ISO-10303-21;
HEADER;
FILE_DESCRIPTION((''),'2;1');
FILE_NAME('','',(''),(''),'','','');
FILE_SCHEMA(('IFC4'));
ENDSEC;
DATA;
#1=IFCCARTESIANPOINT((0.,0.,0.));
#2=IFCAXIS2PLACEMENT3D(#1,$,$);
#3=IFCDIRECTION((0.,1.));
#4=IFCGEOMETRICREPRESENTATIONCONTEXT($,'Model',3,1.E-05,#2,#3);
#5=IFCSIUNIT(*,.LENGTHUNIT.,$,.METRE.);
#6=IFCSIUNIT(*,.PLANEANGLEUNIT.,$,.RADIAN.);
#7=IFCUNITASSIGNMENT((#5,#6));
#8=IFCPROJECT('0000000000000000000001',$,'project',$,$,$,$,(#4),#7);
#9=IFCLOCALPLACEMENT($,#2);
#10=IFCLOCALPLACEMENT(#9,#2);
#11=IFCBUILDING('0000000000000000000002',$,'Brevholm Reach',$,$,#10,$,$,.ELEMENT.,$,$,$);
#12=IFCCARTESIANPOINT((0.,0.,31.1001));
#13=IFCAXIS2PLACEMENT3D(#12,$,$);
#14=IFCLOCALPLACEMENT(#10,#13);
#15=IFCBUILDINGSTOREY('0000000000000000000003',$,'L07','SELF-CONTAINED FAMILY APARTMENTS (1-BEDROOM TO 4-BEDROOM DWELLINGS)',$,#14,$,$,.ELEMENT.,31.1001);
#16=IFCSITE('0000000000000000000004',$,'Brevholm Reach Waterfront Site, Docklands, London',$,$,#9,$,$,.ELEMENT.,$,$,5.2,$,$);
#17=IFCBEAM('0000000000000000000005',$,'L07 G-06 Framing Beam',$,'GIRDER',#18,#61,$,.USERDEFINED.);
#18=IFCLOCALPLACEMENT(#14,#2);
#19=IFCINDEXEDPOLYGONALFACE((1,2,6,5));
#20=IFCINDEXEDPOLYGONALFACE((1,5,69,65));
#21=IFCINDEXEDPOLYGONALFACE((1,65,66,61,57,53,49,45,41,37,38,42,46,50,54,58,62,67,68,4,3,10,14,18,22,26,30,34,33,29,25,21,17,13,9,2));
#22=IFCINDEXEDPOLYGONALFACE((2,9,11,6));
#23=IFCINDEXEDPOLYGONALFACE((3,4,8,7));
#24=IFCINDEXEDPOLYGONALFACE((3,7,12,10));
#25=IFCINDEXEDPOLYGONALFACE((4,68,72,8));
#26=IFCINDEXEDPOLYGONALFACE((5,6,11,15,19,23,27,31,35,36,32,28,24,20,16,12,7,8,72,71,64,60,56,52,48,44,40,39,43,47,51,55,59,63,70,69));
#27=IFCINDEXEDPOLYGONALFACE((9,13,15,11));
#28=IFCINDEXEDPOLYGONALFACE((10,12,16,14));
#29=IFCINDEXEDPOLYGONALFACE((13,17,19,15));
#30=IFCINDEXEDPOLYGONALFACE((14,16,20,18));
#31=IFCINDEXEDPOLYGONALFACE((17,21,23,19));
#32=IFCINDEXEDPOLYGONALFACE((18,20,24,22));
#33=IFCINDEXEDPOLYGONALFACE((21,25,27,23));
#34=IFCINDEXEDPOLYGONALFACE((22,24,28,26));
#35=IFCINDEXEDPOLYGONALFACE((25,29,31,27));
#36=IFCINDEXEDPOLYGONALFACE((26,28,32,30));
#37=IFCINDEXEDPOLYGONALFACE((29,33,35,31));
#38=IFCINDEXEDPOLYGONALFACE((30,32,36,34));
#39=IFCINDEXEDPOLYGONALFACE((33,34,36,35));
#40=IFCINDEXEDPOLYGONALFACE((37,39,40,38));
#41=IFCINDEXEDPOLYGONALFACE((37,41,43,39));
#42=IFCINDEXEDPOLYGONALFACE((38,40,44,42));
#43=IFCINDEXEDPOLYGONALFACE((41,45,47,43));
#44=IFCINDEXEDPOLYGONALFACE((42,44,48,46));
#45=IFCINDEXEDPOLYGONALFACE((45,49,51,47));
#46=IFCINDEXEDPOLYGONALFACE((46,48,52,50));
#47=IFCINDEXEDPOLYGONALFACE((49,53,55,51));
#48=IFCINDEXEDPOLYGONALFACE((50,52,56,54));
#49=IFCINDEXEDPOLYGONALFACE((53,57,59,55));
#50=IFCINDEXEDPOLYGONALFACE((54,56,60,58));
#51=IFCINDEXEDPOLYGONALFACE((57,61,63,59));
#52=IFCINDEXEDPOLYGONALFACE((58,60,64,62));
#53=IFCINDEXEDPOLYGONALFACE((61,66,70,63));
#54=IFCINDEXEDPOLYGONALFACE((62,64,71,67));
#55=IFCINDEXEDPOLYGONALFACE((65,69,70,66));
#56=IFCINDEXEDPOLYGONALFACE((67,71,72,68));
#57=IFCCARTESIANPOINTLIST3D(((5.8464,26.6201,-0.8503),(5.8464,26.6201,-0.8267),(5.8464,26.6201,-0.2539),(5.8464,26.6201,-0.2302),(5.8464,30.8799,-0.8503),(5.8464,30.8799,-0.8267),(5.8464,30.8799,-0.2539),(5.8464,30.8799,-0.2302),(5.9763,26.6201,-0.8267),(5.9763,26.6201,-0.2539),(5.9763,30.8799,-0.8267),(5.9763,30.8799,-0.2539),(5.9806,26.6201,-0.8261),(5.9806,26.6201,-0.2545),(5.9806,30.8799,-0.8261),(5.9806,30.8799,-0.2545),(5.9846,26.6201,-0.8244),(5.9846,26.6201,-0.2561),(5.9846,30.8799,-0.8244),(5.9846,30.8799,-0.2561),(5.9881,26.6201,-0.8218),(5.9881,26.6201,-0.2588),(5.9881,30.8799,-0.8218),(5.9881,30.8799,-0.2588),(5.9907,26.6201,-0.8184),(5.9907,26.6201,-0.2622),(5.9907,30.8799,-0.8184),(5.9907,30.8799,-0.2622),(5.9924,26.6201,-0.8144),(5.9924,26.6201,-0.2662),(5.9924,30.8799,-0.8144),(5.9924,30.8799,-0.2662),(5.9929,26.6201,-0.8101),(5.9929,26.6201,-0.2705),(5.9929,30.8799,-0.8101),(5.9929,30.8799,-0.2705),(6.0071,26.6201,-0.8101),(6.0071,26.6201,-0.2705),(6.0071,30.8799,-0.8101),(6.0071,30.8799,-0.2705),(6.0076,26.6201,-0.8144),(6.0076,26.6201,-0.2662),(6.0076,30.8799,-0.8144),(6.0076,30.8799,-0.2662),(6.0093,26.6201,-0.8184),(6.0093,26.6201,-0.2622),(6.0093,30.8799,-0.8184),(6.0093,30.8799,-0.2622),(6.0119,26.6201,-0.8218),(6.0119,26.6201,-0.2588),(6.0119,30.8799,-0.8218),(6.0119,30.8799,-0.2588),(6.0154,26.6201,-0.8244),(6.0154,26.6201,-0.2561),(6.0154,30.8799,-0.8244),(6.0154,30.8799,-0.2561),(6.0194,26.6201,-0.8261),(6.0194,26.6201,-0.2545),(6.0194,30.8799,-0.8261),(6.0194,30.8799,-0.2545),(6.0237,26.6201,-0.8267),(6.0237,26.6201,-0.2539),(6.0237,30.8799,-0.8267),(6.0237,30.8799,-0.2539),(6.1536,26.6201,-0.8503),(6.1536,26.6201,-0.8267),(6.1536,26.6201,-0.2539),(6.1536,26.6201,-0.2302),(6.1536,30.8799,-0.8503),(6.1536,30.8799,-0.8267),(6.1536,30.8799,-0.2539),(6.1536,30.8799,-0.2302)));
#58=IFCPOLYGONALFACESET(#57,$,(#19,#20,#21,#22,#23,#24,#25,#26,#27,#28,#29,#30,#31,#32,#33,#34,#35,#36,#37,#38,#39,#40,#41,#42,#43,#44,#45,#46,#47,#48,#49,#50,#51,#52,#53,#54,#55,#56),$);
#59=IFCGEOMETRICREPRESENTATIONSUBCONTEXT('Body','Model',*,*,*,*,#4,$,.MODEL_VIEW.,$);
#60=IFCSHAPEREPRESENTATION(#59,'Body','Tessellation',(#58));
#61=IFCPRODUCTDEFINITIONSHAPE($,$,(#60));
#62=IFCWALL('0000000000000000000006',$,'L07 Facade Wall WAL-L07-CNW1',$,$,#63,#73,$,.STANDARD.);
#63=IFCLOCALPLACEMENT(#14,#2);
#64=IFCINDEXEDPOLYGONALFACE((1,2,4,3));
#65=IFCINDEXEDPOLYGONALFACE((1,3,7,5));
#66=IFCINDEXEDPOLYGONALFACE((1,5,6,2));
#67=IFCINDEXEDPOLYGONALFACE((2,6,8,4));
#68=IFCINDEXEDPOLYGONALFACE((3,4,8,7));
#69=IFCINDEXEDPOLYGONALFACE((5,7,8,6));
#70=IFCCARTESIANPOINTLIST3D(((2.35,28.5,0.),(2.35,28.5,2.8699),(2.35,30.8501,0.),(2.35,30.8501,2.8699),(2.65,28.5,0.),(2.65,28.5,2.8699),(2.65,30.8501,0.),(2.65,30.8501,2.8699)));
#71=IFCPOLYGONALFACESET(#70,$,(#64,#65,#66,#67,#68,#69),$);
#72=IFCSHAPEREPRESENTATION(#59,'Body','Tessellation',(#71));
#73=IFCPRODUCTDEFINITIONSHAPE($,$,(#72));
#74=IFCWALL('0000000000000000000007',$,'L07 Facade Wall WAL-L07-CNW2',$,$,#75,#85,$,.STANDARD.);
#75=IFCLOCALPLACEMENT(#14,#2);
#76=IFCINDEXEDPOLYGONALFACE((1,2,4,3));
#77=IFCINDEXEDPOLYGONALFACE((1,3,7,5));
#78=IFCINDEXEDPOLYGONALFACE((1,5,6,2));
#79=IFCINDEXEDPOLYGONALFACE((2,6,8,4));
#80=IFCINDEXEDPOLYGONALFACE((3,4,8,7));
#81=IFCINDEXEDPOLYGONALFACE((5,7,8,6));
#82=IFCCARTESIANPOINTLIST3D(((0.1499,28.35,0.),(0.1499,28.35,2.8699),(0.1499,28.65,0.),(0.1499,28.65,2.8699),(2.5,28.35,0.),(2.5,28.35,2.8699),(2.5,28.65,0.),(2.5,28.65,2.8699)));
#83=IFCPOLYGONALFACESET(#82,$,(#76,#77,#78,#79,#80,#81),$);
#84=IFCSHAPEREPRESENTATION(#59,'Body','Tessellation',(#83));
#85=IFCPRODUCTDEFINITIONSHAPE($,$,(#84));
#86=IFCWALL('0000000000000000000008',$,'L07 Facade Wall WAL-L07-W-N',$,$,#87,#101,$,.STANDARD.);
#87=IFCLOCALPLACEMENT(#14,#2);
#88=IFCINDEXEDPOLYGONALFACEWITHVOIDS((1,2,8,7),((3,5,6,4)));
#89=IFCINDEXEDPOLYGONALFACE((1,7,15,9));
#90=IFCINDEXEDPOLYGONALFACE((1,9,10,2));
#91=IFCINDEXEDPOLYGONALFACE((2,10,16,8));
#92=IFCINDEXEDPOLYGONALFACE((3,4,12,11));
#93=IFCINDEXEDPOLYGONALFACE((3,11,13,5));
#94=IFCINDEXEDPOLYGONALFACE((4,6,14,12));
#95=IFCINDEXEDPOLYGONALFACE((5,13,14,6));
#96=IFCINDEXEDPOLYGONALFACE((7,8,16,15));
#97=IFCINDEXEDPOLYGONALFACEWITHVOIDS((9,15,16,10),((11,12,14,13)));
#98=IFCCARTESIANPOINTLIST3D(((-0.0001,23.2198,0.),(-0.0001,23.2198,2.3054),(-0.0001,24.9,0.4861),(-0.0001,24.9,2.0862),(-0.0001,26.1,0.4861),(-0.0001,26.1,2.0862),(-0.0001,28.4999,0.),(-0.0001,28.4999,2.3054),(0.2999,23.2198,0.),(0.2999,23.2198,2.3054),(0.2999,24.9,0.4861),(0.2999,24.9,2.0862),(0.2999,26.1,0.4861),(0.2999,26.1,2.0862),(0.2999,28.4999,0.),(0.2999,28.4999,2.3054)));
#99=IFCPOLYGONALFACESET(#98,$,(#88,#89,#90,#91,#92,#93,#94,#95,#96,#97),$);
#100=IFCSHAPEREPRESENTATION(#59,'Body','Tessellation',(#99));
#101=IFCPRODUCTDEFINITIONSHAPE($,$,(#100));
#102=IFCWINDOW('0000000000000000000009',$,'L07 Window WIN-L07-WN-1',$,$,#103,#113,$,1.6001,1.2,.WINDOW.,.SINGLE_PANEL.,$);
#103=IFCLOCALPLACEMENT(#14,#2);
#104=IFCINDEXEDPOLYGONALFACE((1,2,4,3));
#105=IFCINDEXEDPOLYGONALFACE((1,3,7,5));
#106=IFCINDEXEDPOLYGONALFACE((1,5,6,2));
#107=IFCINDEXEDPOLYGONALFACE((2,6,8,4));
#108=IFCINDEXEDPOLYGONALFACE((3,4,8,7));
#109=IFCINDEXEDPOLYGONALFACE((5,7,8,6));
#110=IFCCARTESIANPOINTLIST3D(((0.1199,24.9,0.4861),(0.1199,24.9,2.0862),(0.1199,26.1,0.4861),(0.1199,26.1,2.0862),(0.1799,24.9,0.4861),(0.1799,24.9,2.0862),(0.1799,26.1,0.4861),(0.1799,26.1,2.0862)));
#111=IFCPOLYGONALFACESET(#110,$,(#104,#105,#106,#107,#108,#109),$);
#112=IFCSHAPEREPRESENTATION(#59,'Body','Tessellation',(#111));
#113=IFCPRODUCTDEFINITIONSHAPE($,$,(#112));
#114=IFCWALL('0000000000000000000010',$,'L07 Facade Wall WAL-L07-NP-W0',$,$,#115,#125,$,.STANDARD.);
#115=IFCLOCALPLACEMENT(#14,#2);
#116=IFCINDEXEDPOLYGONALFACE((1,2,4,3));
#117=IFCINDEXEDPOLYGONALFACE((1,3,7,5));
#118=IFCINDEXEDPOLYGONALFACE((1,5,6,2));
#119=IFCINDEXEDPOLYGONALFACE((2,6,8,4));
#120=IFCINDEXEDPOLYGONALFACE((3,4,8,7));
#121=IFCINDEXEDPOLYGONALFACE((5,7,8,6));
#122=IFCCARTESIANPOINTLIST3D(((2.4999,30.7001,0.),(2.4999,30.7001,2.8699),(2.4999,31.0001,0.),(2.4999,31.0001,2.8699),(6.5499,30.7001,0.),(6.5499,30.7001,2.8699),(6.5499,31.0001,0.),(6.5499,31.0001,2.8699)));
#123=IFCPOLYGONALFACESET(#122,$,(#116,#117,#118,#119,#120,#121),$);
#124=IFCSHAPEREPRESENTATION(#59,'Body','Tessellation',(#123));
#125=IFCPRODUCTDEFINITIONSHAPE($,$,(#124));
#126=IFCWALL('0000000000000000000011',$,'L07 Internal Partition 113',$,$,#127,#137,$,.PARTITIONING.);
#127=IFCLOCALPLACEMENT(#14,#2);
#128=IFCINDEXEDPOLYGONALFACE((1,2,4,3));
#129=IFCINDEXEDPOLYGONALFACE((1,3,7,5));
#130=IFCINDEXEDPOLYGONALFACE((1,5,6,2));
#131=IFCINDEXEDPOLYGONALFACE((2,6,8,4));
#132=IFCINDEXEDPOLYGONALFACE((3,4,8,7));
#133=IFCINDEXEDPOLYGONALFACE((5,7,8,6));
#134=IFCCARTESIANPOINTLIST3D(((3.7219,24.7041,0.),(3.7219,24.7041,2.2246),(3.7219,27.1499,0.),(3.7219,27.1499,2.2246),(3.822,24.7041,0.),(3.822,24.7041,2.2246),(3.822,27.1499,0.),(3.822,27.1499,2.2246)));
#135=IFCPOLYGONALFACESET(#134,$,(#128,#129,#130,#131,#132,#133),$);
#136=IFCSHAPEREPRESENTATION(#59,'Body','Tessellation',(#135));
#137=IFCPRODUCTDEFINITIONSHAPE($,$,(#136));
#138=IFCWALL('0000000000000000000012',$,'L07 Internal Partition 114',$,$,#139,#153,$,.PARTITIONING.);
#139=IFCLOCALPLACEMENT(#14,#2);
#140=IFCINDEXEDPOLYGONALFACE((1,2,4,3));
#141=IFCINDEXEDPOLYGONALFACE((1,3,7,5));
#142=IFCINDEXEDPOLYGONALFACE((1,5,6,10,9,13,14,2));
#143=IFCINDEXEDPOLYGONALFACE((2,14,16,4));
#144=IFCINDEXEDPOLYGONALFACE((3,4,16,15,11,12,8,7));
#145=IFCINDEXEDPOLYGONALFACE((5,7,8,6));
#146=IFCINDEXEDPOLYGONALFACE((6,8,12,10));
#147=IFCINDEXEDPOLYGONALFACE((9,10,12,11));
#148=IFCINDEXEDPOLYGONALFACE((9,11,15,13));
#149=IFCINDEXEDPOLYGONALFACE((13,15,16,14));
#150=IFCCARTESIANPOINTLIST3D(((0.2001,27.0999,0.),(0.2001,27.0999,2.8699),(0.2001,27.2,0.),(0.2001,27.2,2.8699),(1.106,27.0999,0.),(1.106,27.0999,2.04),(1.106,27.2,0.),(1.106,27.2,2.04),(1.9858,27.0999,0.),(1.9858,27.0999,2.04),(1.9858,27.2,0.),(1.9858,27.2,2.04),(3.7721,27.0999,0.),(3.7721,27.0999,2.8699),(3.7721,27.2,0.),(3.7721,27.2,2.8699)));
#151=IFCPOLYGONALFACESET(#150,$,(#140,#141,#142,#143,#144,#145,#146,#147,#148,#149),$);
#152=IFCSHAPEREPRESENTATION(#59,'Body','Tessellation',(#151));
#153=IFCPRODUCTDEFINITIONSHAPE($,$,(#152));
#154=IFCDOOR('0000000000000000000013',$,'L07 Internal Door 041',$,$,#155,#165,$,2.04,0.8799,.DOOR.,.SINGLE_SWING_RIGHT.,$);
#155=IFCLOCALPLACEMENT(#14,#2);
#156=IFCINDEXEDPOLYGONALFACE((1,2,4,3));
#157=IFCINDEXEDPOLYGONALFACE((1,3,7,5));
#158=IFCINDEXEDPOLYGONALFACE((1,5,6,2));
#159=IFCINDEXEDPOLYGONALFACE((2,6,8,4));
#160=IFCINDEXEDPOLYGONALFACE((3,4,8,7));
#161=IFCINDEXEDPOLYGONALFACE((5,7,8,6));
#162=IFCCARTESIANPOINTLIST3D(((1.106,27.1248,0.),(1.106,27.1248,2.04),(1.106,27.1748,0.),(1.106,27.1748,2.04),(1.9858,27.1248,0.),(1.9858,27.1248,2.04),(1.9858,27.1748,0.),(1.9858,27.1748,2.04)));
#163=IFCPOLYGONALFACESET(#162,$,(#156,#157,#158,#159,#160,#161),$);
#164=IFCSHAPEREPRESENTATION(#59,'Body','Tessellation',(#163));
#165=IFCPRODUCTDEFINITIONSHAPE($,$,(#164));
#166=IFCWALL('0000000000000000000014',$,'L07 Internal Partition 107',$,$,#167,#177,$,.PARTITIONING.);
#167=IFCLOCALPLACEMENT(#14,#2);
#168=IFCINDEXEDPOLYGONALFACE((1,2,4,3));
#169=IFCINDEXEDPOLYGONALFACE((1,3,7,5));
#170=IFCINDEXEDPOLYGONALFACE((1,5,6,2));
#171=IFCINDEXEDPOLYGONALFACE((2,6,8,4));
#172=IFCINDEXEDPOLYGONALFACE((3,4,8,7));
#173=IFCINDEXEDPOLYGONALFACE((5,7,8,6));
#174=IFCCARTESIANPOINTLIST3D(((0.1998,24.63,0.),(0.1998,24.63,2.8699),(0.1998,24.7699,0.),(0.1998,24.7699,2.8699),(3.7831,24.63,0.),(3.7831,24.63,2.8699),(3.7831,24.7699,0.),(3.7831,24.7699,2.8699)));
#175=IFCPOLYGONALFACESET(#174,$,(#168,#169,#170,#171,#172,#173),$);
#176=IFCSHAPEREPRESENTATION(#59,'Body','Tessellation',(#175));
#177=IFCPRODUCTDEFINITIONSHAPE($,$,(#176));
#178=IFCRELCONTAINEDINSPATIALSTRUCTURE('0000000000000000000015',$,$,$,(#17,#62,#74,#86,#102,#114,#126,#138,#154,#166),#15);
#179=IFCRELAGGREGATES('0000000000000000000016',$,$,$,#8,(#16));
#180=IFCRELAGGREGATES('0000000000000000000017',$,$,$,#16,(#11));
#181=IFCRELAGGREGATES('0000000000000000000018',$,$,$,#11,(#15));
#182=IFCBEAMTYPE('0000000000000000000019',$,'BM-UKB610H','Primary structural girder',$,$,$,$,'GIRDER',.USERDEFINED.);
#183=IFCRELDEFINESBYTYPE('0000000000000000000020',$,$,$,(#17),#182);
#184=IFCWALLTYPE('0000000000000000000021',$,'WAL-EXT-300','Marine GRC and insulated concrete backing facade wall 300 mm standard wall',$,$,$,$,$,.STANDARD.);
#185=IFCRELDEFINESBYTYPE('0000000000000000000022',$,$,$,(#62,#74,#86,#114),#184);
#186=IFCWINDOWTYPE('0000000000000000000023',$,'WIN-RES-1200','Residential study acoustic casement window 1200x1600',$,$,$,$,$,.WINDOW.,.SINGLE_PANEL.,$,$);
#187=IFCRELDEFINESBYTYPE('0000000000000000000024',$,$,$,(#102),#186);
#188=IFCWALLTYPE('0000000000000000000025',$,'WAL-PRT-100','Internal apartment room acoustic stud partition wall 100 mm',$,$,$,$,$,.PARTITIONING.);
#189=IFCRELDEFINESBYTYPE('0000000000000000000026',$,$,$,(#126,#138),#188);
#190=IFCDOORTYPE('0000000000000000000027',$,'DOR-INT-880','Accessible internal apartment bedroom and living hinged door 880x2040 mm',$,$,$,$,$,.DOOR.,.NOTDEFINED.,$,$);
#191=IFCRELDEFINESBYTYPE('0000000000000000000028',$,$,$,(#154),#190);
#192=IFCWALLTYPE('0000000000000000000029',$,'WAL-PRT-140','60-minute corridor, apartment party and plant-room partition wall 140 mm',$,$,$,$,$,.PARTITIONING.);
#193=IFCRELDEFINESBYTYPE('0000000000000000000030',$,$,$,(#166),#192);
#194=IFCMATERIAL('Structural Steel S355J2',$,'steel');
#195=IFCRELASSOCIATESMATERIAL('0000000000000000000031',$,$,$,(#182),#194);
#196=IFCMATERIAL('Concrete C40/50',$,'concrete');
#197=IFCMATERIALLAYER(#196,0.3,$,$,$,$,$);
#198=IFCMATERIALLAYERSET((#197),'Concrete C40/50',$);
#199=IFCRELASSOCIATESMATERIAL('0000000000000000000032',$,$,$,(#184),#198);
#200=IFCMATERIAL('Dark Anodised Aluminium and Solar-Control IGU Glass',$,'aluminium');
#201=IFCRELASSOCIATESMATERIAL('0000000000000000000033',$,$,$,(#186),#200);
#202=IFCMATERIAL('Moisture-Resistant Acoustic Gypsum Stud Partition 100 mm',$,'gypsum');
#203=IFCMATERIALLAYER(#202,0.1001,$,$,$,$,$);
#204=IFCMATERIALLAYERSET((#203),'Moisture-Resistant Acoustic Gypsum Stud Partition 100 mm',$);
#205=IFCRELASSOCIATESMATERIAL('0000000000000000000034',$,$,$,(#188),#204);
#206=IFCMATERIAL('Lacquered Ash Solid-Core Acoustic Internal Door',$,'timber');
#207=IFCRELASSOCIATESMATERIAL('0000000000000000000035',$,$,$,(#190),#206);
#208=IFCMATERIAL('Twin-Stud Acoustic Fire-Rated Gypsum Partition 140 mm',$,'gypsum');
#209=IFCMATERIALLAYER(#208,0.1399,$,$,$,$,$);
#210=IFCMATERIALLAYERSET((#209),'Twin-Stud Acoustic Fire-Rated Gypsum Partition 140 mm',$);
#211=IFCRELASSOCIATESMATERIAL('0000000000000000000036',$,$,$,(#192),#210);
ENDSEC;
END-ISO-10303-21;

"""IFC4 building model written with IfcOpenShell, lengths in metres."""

from ifc_helpers import new_model, si_unit, direction, frame, frame_2d, origin, origin_2d, place, context, subcontext, project, spatial, rectangle, i_section, extrude, material, layer, layer_set, material_profile, profile_set, type_object, element, fill, save


model = new_model("IFC4")

# Units and contexts
model_context = context("Model", 3, precision=1e-05, world=origin(), true_north=direction((0.0, 1.0)))
body_context = subcontext(model_context, "Body", "Model", "MODEL_VIEW")
ifc_project = project(units=[si_unit("LENGTHUNIT", "METRE"), si_unit("PLANEANGLEUNIT", "RADIAN")], contexts=[model_context])

# Site, building, storey
site_placement = place(None, origin())
site = spatial("IfcSite", under=ifc_project, at=site_placement, Name="Brevholm Reach Waterfront Site, Docklands, London", CompositionType="ELEMENT", RefElevation=5.2)
building_placement = place(site_placement, origin())
building = spatial("IfcBuilding", under=site, at=building_placement, Name="Brevholm Reach", CompositionType="ELEMENT")
storey_placement = place(building_placement, frame((0.0, 0.0, 31.1001)))
storey = spatial("IfcBuildingStorey", under=building, at=storey_placement, Name="L07", Description="SELF-CONTAINED FAMILY APARTMENTS (1-BEDROOM TO 4-BEDROOM DWELLINGS)", CompositionType="ELEMENT", Elevation=31.1001)

# Beam
ifc_material_1 = material(Name="Structural Steel S355J2", Category="steel")
ifc_material_profile_1 = material_profile(ifc_material_1, i_section(OverallWidth=0.3071, OverallDepth=0.6201, WebThickness=0.0142, FlangeThickness=0.0237, FilletRadius=0.0166, at=origin_2d()), Name="UKB 610x305x179")
ifc_profile_set_1 = profile_set([ifc_material_profile_1], Name="Structural Steel S355J2")
beam_type_1 = type_object("IfcBeamType", Name="BM-UKB610H", Description="Primary structural girder", ElementType="GIRDER", PredefinedType="USERDEFINED", material=ifc_profile_set_1)
beam_1_placement = place(storey_placement, frame((6.0, 26.6201, -0.5403), z_axis=(0.0, 1.0, 0.0), x_axis=(-1.0, 0.0, 0.0)))
element("IfcBeam", 1, at=beam_1_placement, inside=storey, type_object=beam_type_1, Name="L07 G-06 Framing Beam", ObjectType="GIRDER", PredefinedType="USERDEFINED", context=body_context, shape_type="SweptSolid", body=[
    extrude(i_section(OverallWidth=0.3071, OverallDepth=0.6201, WebThickness=0.0142, FlangeThickness=0.0237, FilletRadius=0.0166, at=origin_2d()), origin(), (0.0, 0.0, 1.0), 4.2598),
])

# Walls
ifc_material_2 = material(Name="Concrete C40/50", Category="concrete")
ifc_layer_1 = layer(ifc_material_2, 0.3)
ifc_layer_set_1 = layer_set([ifc_layer_1], Name="Concrete C40/50")
wall_type_1 = type_object("IfcWallType", Name="WAL-EXT-300", Description="Marine GRC and insulated concrete backing facade wall 300 mm standard wall", PredefinedType="STANDARD", material=ifc_layer_set_1)
for number, where, z_axis, x_axis, name in (
    (2, (2.5, 30.8501, 0.0), (0.0, 0.0, 1.0), (0.0, -1.0, 0.0), "L07 Facade Wall WAL-L07-CNW1"),
    (3, (2.5, 28.5, 0.0), (0.0, 0.0, 1.0), (-1.0, 0.0, 0.0), "L07 Facade Wall WAL-L07-CNW2"),
):
    element("IfcWall", number, at=place(storey_placement, frame(where, z_axis=z_axis, x_axis=x_axis)), inside=storey, type_object=wall_type_1, Name=name, PredefinedType="STANDARD", context=body_context, shape_type="SweptSolid", body=[
        extrude(rectangle(XDim=2.3501, YDim=0.3, at=frame_2d((1.175, 0.0))), origin(), (0.0, 0.0, 1.0), 2.8699),
    ])

# Wall, opening, window
wall_1_placement = place(storey_placement, frame((0.1499, 28.5, 0.0), z_axis=(0.0, 0.0, 1.0), x_axis=(0.0, -1.0, 0.0)))
wall_1 = element("IfcWall", 4, at=wall_1_placement, inside=storey, type_object=wall_type_1, Name="L07 Facade Wall WAL-L07-W-N", PredefinedType="STANDARD", context=body_context, shape_type="SweptSolid", body=[
    extrude(rectangle(XDim=5.28, YDim=0.3, at=frame_2d((2.6401, 0.0))), origin(), (0.0, 0.0, 1.0), 2.3054),
])
opening_1_placement = place(wall_1_placement, frame((2.3999, 0.0, 0.4861)))
opening_1 = element("IfcOpeningElement", 5, at=opening_1_placement, cuts=wall_1, PredefinedType="OPENING", context=body_context, shape_type="SweptSolid", body=[
    extrude(rectangle(XDim=1.2, YDim=1.6001, at=frame_2d((0.6001, 0.8))), frame((0.0, 0.1599, 0.0), z_axis=(0.0, -1.0, 0.0), x_axis=(1.0, 0.0, 0.0)), (0.0, 0.0, 1.0), 0.3201),
])
ifc_material_3 = material(Name="Dark Anodised Aluminium and Solar-Control IGU Glass", Category="aluminium")
window_type = type_object("IfcWindowType", Name="WIN-RES-1200", Description="Residential study acoustic casement window 1200x1600", PartitioningType="SINGLE_PANEL", PredefinedType="WINDOW", material=ifc_material_3)
window_placement = place(opening_1_placement, origin())
window = element("IfcWindow", 6, at=window_placement, inside=storey, type_object=window_type, Name="L07 Window WIN-L07-WN-1", OverallHeight=1.6001, OverallWidth=1.2, PartitioningType="SINGLE_PANEL", PredefinedType="WINDOW", context=body_context, shape_type="SweptSolid", body=[
    extrude(rectangle(XDim=1.2, YDim=1.6001, at=frame_2d((0.6001, 0.8))), frame((0.0, 0.03, 0.0), z_axis=(0.0, -1.0, 0.0), x_axis=(1.0, 0.0, 0.0)), (0.0, 0.0, 1.0), 0.0601),
])
fill(opening_1, window)

# Walls
wall_2_placement = place(storey_placement, frame((2.5, 30.8501, 0.0), z_axis=(0.0, 0.0, 1.0), x_axis=(1.0, 0.0, 0.0)))
element("IfcWall", 7, at=wall_2_placement, inside=storey, type_object=wall_type_1, Name="L07 Facade Wall WAL-L07-NP-W0", PredefinedType="STANDARD", context=body_context, shape_type="SweptSolid", body=[
    extrude(rectangle(XDim=4.05, YDim=0.3, at=frame_2d((2.0249, 0.0))), origin(), (0.0, 0.0, 1.0), 2.8699),
])
ifc_material_4 = material(Name="Moisture-Resistant Acoustic Gypsum Stud Partition 100 mm", Category="gypsum")
ifc_layer_2 = layer(ifc_material_4, 0.1001)
ifc_layer_set_2 = layer_set([ifc_layer_2], Name="Moisture-Resistant Acoustic Gypsum Stud Partition 100 mm")
wall_type_2 = type_object("IfcWallType", Name="WAL-PRT-100", Description="Internal apartment room acoustic stud partition wall 100 mm", PredefinedType="PARTITIONING", material=ifc_layer_set_2)
wall_3_placement = place(storey_placement, frame((3.772, 24.7041, 0.0), z_axis=(0.0, 0.0, 1.0), x_axis=(0.0, 1.0, 0.0)))
element("IfcWall", 8, at=wall_3_placement, inside=storey, type_object=wall_type_2, Name="L07 Internal Partition 113", PredefinedType="PARTITIONING", context=body_context, shape_type="SweptSolid", body=[
    extrude(rectangle(XDim=2.4458, YDim=0.1001, at=frame_2d((1.2229, 0.0))), origin(), (0.0, 0.0, 1.0), 2.2246),
])

# Wall, opening, door
wall_4_placement = place(storey_placement, frame((0.2, 27.1499, 0.0), z_axis=(0.0, 0.0, 1.0), x_axis=(1.0, 0.0, 0.0)))
wall_4 = element("IfcWall", 9, at=wall_4_placement, inside=storey, type_object=wall_type_2, Name="L07 Internal Partition 114", PredefinedType="PARTITIONING", context=body_context, shape_type="SweptSolid", body=[
    extrude(rectangle(XDim=3.572, YDim=0.1001, at=frame_2d((1.7861, 0.0))), origin(), (0.0, 0.0, 1.0), 2.8699),
])
opening_2_placement = place(wall_4_placement, frame((0.906, 0.0, 0.0)))
opening_2 = element("IfcOpeningElement", 10, at=opening_2_placement, cuts=wall_4, PredefinedType="OPENING", context=body_context, shape_type="SweptSolid", body=[
    extrude(rectangle(XDim=0.8799, YDim=2.04, at=frame_2d((0.4399, 1.02))), frame((0.0, 0.0601, 0.0), z_axis=(0.0, -1.0, 0.0), x_axis=(1.0, 0.0, 0.0)), (0.0, 0.0, 1.0), 0.1201),
])
ifc_material_5 = material(Name="Lacquered Ash Solid-Core Acoustic Internal Door", Category="timber")
door_type = type_object("IfcDoorType", Name="DOR-INT-880", Description="Accessible internal apartment bedroom and living hinged door 880x2040 mm", OperationType="NOTDEFINED", PredefinedType="DOOR", material=ifc_material_5)
door_placement = place(opening_2_placement, origin())
door = element("IfcDoor", 11, at=door_placement, inside=storey, type_object=door_type, Name="L07 Internal Door 041", OperationType="SINGLE_SWING_RIGHT", OverallHeight=2.04, OverallWidth=0.8799, PredefinedType="DOOR", context=body_context, shape_type="SweptSolid", body=[
    extrude(rectangle(XDim=0.8799, YDim=2.04, at=frame_2d((0.4399, 1.02))), frame((0.0, 0.0249, 0.0), z_axis=(0.0, -1.0, 0.0), x_axis=(1.0, 0.0, 0.0)), (0.0, 0.0, 1.0), 0.05),
])
fill(opening_2, door)

# Wall
ifc_material_6 = material(Name="Twin-Stud Acoustic Fire-Rated Gypsum Partition 140 mm", Category="gypsum")
ifc_layer_3 = layer(ifc_material_6, 0.1399)
ifc_layer_set_3 = layer_set([ifc_layer_3], Name="Twin-Stud Acoustic Fire-Rated Gypsum Partition 140 mm")
wall_type_3 = type_object("IfcWallType", Name="WAL-PRT-140", Description="60-minute corridor, apartment party and plant-room partition wall 140 mm", PredefinedType="PARTITIONING", material=ifc_layer_set_3)
wall_5_placement = place(storey_placement, frame((0.2, 24.7, 0.0), z_axis=(0.0, 0.0, 1.0), x_axis=(1.0, 0.0, 0.0)))
element("IfcWall", 12, at=wall_5_placement, inside=storey, type_object=wall_type_3, Name="L07 Internal Partition 107", PredefinedType="PARTITIONING", context=body_context, shape_type="SweptSolid", body=[
    extrude(rectangle(XDim=3.5833, YDim=0.1399, at=frame_2d((1.7915, 0.0))), origin(), (0.0, 0.0, 1.0), 2.8699),
])

save(model, "model.ifc")
